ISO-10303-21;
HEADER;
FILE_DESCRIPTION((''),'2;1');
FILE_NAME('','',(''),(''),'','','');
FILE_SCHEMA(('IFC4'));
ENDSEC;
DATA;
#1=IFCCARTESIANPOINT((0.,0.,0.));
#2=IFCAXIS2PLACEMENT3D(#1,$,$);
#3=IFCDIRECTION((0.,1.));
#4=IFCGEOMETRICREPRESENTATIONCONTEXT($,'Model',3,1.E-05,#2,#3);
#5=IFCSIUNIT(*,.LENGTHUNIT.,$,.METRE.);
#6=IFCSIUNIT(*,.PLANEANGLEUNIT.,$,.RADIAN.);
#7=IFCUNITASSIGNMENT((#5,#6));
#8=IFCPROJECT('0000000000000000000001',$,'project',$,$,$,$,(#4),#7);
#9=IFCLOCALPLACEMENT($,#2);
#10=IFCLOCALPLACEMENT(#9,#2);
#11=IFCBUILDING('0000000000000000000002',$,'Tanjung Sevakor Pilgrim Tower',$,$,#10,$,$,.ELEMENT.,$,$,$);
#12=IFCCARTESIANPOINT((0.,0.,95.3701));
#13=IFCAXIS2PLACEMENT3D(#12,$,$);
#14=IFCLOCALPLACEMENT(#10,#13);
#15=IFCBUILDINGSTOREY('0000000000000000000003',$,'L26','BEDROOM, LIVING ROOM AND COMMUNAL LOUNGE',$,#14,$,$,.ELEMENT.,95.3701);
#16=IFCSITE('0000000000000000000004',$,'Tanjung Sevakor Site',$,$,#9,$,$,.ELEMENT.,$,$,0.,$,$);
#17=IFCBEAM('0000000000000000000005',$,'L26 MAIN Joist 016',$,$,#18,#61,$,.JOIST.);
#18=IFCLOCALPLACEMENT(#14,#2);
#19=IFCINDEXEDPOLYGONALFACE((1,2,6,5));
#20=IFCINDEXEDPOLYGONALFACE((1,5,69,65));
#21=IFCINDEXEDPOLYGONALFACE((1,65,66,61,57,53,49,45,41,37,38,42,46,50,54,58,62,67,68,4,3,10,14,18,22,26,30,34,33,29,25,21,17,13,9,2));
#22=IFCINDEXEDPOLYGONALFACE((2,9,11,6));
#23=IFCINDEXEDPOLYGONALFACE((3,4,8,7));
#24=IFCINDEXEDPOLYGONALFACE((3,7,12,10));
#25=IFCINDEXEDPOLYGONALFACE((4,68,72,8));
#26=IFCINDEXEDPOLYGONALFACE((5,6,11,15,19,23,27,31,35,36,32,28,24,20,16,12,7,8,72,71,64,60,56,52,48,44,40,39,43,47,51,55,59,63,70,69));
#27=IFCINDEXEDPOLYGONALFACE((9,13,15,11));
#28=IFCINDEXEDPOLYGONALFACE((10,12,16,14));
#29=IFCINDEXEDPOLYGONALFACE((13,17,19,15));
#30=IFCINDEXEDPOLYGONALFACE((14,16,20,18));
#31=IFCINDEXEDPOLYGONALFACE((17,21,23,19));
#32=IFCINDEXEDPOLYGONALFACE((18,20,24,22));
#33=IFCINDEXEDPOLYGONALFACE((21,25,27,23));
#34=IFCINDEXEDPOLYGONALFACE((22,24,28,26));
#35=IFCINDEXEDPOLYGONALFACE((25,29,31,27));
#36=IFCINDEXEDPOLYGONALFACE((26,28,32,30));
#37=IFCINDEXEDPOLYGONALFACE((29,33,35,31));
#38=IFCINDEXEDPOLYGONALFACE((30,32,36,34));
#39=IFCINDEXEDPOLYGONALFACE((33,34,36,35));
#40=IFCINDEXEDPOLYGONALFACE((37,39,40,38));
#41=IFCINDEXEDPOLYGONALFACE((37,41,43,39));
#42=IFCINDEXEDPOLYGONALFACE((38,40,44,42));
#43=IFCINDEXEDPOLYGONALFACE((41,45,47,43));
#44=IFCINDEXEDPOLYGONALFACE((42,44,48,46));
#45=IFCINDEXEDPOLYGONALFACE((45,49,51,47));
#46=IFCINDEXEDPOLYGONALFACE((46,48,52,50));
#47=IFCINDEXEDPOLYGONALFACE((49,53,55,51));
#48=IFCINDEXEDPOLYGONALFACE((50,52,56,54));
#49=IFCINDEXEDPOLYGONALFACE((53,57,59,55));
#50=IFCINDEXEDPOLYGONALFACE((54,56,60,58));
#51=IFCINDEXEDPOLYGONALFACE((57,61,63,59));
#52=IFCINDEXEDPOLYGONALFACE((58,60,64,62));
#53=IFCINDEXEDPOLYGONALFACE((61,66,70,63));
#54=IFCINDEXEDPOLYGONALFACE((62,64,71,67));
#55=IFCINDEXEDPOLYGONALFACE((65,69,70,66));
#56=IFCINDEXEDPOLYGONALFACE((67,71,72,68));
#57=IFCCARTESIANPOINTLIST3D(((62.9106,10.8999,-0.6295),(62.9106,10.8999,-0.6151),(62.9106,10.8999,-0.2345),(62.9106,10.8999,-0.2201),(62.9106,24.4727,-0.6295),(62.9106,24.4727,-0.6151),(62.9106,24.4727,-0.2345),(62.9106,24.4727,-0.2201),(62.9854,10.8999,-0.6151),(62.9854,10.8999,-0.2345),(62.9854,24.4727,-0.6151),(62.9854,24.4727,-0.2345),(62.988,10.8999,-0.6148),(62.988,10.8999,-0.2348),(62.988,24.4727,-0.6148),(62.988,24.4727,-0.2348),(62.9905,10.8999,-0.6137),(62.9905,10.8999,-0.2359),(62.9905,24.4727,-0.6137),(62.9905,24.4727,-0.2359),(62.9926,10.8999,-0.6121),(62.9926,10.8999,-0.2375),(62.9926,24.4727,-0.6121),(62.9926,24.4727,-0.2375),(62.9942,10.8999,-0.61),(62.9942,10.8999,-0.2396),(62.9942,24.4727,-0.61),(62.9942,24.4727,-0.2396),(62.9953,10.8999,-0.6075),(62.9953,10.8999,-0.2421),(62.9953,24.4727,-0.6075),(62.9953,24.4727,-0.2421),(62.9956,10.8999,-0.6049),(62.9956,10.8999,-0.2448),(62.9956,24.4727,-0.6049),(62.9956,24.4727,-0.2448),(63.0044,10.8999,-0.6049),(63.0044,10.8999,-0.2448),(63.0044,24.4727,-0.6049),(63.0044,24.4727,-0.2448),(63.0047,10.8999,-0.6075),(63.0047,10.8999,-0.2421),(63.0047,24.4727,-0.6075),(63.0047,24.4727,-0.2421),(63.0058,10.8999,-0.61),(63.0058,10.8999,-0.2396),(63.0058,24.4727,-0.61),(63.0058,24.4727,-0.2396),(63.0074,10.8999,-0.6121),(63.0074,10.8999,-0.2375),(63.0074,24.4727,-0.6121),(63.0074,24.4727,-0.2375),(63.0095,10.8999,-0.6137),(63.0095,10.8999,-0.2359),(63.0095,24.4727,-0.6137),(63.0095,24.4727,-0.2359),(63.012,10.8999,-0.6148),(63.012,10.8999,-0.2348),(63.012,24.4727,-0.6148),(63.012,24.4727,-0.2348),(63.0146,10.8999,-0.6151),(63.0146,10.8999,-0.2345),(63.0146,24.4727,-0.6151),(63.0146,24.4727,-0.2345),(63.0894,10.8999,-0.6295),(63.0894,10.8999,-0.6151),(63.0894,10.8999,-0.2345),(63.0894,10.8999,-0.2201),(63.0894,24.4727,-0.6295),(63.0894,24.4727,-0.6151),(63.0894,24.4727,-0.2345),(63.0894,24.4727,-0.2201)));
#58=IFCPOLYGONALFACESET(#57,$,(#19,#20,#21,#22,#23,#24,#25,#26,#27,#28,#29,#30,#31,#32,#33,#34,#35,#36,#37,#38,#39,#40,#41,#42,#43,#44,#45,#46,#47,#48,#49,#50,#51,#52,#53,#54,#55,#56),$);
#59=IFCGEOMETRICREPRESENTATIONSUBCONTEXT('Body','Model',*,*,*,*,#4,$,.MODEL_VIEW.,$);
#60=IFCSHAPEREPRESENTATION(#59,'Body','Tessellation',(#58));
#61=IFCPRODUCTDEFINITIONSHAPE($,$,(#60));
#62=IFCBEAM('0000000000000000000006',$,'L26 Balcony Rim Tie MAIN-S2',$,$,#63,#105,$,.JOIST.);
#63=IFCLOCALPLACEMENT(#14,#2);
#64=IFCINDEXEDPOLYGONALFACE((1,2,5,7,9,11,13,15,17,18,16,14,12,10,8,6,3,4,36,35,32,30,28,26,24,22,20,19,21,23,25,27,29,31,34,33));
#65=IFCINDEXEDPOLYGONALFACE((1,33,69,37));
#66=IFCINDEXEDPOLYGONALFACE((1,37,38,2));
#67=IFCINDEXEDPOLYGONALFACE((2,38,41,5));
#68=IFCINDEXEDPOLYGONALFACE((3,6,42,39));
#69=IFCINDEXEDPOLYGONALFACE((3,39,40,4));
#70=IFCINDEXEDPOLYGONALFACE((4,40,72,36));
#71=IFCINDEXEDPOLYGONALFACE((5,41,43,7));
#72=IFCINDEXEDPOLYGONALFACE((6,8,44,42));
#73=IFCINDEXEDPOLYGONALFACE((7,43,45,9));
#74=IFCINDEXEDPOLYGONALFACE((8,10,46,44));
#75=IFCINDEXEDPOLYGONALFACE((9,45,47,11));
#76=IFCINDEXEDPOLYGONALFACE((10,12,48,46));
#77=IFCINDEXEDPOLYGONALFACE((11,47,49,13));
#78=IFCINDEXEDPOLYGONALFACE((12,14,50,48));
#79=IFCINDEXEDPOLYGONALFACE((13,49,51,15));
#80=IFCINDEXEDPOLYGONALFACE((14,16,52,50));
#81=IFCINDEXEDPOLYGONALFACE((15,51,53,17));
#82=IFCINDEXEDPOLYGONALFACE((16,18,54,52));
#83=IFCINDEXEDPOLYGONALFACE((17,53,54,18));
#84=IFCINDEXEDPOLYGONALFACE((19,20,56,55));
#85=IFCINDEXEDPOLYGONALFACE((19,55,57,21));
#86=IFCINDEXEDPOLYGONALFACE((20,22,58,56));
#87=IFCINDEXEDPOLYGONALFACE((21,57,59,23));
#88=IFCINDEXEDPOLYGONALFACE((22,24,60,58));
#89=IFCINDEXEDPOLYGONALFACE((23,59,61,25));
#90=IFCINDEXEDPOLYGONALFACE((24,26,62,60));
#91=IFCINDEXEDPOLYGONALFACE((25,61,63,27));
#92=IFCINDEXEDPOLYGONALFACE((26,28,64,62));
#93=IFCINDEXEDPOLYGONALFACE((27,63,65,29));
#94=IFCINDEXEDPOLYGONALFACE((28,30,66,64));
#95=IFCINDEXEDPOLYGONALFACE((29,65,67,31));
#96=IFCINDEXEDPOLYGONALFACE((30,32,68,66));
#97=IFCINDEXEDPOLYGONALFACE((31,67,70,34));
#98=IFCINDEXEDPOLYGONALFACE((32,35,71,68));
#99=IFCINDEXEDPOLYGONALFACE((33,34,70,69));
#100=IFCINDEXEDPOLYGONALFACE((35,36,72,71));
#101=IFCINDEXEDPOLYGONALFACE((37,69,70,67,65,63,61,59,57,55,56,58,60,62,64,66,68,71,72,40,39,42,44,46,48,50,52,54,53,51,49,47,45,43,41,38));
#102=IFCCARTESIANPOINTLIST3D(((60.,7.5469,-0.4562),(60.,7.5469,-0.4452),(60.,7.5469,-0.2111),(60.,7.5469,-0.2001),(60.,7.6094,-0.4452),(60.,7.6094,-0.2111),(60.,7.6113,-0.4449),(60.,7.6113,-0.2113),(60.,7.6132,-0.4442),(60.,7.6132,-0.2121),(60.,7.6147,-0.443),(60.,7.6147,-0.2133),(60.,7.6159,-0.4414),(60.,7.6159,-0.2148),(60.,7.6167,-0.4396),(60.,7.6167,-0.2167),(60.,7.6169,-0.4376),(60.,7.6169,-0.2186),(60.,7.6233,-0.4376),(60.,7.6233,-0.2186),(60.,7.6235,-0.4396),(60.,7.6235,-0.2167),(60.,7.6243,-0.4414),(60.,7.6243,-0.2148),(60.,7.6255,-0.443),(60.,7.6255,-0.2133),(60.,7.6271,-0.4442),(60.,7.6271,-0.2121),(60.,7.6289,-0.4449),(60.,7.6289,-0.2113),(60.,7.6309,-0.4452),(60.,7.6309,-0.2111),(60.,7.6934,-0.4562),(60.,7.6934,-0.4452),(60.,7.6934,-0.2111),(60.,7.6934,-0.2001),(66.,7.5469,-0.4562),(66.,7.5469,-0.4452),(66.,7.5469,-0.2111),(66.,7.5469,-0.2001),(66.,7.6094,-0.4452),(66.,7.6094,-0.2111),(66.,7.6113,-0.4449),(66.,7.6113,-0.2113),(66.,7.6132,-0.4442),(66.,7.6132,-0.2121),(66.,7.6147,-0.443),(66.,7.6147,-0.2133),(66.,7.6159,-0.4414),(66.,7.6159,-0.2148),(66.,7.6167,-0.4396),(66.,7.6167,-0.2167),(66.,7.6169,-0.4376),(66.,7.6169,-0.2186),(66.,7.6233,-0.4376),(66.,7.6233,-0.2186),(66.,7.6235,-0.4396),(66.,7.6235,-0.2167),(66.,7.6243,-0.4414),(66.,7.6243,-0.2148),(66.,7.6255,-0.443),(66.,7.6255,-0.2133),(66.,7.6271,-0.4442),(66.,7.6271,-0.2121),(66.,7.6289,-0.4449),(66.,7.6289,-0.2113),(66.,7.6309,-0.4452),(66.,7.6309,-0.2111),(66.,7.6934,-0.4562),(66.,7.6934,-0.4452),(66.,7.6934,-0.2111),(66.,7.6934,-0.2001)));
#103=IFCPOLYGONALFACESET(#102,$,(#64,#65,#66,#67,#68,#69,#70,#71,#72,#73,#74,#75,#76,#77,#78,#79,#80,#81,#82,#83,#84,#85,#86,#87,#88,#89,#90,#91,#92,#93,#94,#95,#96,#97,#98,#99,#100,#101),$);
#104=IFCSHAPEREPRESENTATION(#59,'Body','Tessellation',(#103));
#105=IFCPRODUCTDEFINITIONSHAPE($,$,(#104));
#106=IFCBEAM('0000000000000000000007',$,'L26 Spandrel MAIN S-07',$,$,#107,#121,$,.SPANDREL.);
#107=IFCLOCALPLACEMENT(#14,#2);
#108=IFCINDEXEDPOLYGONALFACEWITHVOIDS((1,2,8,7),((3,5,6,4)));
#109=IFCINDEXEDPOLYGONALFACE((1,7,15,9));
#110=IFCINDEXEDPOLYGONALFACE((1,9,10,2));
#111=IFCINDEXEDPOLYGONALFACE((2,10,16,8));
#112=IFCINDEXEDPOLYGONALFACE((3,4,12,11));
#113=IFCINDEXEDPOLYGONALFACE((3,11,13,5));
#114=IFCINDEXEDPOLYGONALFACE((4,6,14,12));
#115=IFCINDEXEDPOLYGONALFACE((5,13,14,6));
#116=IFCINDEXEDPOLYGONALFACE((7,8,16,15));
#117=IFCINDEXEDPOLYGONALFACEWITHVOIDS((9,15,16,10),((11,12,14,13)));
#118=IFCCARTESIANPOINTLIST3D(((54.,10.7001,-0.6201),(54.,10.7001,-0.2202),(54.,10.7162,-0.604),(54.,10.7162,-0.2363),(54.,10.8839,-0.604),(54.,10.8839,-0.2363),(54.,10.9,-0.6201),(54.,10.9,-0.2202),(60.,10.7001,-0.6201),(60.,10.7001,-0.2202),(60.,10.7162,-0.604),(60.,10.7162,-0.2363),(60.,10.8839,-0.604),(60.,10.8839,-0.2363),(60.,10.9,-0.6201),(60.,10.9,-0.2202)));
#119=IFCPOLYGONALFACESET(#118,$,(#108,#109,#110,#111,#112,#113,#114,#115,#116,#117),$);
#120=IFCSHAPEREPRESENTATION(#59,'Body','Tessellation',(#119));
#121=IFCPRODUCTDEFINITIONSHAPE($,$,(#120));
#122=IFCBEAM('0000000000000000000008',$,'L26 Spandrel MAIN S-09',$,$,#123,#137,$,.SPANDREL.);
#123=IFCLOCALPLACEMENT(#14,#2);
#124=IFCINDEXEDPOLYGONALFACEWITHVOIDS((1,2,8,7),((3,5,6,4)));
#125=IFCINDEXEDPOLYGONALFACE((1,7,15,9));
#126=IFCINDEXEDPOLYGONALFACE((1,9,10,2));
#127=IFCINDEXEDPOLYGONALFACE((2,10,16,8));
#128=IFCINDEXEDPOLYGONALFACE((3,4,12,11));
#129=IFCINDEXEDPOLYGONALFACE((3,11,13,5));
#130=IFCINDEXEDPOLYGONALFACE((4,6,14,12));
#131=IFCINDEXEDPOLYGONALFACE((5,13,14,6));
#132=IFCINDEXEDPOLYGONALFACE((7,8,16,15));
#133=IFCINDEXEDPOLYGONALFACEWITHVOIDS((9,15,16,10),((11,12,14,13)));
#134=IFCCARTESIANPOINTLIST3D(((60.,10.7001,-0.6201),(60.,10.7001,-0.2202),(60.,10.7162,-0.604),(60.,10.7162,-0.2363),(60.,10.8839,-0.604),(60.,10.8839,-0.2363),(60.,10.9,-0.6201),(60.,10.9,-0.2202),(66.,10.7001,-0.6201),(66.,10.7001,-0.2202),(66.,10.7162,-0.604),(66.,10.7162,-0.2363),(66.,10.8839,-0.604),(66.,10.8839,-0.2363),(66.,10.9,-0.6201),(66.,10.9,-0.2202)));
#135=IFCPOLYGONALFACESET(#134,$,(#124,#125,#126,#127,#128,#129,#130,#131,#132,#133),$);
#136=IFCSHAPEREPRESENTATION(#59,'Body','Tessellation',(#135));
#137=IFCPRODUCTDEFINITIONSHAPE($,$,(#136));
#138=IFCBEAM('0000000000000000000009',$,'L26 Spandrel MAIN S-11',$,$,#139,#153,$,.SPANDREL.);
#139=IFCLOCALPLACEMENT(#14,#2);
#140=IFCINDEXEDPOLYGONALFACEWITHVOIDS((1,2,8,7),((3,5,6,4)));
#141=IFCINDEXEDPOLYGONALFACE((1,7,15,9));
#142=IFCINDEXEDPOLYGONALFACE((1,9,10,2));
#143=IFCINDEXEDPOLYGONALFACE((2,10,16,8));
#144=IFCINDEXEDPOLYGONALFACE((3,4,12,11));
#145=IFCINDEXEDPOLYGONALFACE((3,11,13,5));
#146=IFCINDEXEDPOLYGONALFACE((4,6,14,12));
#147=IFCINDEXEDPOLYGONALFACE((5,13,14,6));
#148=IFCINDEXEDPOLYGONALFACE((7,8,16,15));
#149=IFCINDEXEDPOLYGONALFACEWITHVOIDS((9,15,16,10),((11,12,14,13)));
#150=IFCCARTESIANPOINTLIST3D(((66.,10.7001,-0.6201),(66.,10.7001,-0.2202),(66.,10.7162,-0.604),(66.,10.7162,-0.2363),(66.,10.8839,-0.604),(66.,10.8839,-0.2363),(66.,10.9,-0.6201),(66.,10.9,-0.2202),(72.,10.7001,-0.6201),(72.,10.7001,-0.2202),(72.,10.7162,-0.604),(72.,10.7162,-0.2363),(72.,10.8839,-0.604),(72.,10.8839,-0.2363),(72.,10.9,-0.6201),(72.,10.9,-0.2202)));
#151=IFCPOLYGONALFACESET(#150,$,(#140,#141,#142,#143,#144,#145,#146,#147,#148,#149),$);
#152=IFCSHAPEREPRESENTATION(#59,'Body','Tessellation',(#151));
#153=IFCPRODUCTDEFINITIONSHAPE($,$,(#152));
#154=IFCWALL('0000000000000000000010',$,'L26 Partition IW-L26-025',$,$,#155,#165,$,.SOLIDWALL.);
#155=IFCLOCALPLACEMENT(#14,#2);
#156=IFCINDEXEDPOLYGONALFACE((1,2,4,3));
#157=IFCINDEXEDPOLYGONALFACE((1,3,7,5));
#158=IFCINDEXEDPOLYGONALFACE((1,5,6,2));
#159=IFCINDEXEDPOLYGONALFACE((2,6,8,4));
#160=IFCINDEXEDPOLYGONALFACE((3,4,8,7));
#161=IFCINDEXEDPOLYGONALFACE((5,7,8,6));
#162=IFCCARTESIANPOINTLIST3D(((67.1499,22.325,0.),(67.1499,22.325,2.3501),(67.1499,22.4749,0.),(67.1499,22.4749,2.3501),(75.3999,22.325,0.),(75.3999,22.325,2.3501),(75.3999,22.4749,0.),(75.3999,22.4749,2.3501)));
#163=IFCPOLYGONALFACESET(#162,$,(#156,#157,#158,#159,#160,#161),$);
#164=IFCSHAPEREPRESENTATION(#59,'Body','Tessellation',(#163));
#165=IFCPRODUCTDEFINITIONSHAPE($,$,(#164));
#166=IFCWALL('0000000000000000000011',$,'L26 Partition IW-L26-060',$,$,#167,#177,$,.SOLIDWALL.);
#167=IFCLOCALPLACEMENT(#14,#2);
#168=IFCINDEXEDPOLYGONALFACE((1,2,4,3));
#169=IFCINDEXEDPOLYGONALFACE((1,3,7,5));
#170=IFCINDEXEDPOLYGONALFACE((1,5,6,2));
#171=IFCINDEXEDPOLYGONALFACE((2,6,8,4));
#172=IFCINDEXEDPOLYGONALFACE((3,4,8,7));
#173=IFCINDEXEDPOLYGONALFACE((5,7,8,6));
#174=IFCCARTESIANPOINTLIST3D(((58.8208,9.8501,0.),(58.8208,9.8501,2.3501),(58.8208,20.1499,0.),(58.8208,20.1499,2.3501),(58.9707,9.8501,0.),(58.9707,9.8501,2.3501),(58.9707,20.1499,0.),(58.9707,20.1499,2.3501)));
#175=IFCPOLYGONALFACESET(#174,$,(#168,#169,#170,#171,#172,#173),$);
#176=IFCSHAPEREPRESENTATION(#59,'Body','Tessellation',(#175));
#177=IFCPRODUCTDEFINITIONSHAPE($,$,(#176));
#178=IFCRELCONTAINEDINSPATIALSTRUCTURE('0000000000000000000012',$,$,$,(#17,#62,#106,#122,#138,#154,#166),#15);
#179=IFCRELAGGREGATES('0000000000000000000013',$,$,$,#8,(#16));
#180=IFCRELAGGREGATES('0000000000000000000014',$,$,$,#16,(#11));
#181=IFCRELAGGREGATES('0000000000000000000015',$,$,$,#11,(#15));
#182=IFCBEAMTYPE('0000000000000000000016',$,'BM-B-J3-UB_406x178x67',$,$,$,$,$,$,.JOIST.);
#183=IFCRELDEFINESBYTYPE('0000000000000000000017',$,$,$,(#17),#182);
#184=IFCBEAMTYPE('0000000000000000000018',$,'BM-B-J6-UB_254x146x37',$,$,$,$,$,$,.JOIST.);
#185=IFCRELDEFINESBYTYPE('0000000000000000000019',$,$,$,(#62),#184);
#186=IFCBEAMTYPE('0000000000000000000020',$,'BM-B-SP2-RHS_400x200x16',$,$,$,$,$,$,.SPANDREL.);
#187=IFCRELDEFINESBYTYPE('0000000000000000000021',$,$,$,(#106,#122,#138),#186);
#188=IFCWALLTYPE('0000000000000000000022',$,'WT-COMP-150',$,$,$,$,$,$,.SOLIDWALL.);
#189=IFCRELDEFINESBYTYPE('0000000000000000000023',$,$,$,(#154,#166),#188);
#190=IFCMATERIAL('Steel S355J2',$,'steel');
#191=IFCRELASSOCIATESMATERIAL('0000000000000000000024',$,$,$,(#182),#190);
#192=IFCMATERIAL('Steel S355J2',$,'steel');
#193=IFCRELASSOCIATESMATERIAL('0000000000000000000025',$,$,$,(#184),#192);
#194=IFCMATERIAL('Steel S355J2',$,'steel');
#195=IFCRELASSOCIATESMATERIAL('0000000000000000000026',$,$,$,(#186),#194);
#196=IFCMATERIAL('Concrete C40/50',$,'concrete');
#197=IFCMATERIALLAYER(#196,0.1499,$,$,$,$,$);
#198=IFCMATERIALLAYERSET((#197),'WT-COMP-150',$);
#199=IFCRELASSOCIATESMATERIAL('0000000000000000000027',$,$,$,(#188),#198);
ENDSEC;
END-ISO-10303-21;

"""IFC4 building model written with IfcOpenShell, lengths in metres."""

from ifc_helpers import new_model, si_unit, direction, frame, frame_2d, origin, origin_2d, place, context, subcontext, project, spatial, rectangle, hollow_rectangle, i_section, extrude, material, layer, layer_set, material_profile, profile_set, type_object, element, save


model = new_model("IFC4")

# Units and contexts
model_context = context("Model", 3, precision=1e-05, world=origin(), true_north=direction((0.0, 1.0)))
body_context = subcontext(model_context, "Body", "Model", "MODEL_VIEW")
ifc_project = project(units=[si_unit("LENGTHUNIT", "METRE"), si_unit("PLANEANGLEUNIT", "RADIAN")], contexts=[model_context])

# Site, building, storey
site_placement = place(None, origin())
site = spatial("IfcSite", under=ifc_project, at=site_placement, Name="Tanjung Sevakor Site", CompositionType="ELEMENT", RefElevation=0.0)
building_placement = place(site_placement, origin())
building = spatial("IfcBuilding", under=site, at=building_placement, Name="Tanjung Sevakor Pilgrim Tower", CompositionType="ELEMENT")
storey_placement = place(building_placement, frame((0.0, 0.0, 95.3701)))
storey = spatial("IfcBuildingStorey", under=building, at=storey_placement, Name="L26", Description="BEDROOM, LIVING ROOM AND COMMUNAL LOUNGE", CompositionType="ELEMENT", Elevation=95.3701)

# Beams
ifc_material_1 = material(Name="Steel S355J2", Category="steel")
ifc_material_profile_1 = material_profile(ifc_material_1, i_section(OverallWidth=0.1787, OverallDepth=0.4094, WebThickness=0.0088, FlangeThickness=0.0144, FilletRadius=0.0103, at=origin_2d()))
ifc_profile_set_1 = profile_set([ifc_material_profile_1], Name="Steel S355J2")
beam_type_1 = type_object("IfcBeamType", Name="BM-B-J3-UB_406x178x67", PredefinedType="JOIST", material=ifc_profile_set_1)
for number, where, z_axis, x_axis, name in (
    (1, (63.0, 10.8999, -0.4248), (0.0, 1.0, 0.0), (-1.0, 0.0, 0.0), "L26 MAIN Joist 016"),
):
    element("IfcBeam", number, at=place(storey_placement, frame(where, z_axis=z_axis, x_axis=x_axis)), inside=storey, type_object=beam_type_1, Name=name, PredefinedType="JOIST", context=body_context, shape_type="SweptSolid", body=[
        extrude(i_section(OverallWidth=0.1787, OverallDepth=0.4094, WebThickness=0.0088, FlangeThickness=0.0144, FilletRadius=0.0103, at=origin_2d()), origin(), (0.0, 0.0, 1.0), 13.5728),
    ])
ifc_material_2 = material(Name="Steel S355J2", Category="steel")
ifc_material_profile_2 = material_profile(ifc_material_2, i_section(OverallWidth=0.1465, OverallDepth=0.2561, WebThickness=0.0063, FlangeThickness=0.011, FilletRadius=0.0076, at=origin_2d()))
ifc_profile_set_2 = profile_set([ifc_material_profile_2], Name="Steel S355J2")
beam_type_2 = type_object("IfcBeamType", Name="BM-B-J6-UB_254x146x37", PredefinedType="JOIST", material=ifc_profile_set_2)
beam_1_placement = place(storey_placement, frame((60.0, 7.6201, -0.3281), z_axis=(1.0, 0.0, 0.0), x_axis=(0.0, 1.0, 0.0)))
element("IfcBeam", 2, at=beam_1_placement, inside=storey, type_object=beam_type_2, Name="L26 Balcony Rim Tie MAIN-S2", PredefinedType="JOIST", context=body_context, shape_type="SweptSolid", body=[
    extrude(i_section(OverallWidth=0.1465, OverallDepth=0.2561, WebThickness=0.0063, FlangeThickness=0.011, FilletRadius=0.0076, at=origin_2d()), origin(), (0.0, 0.0, 1.0), 6.0),
])
ifc_material_3 = material(Name="Steel S355J2", Category="steel")
ifc_material_profile_3 = material_profile(ifc_material_3, hollow_rectangle(XDim=0.2, YDim=0.3999, WallThickness=0.0161, at=origin_2d()))
ifc_profile_set_3 = profile_set([ifc_material_profile_3], Name="Steel S355J2")
beam_type_3 = type_object("IfcBeamType", Name="BM-B-SP2-RHS_400x200x16", PredefinedType="SPANDREL", material=ifc_profile_set_3)
for number, where, z_axis, x_axis, name in (
    (3, (54.0, 10.8, -0.4202), (1.0, 0.0, 0.0), (0.0, 1.0, 0.0), "L26 Spandrel MAIN S-07"),
    (4, (60.0, 10.8, -0.4202), (1.0, 0.0, 0.0), (0.0, 1.0, 0.0), "L26 Spandrel MAIN S-09"),
    (5, (66.0, 10.8, -0.4202), (1.0, 0.0, 0.0), (0.0, 1.0, 0.0), "L26 Spandrel MAIN S-11"),
):
    element("IfcBeam", number, at=place(storey_placement, frame(where, z_axis=z_axis, x_axis=x_axis)), inside=storey, type_object=beam_type_3, Name=name, PredefinedType="SPANDREL", context=body_context, shape_type="SweptSolid", body=[
        extrude(hollow_rectangle(XDim=0.2, YDim=0.3999, WallThickness=0.0161, at=origin_2d()), origin(), (0.0, 0.0, 1.0), 6.0),
    ])

# Walls
ifc_material_4 = material(Name="Concrete C40/50", Category="concrete")
ifc_layer_1 = layer(ifc_material_4, 0.1499)
ifc_layer_set_1 = layer_set([ifc_layer_1], Name="WT-COMP-150")
wall_type_1 = type_object("IfcWallType", Name="WT-COMP-150", PredefinedType="SOLIDWALL", material=ifc_layer_set_1)
wall_1_placement = place(storey_placement, frame((67.1499, 22.3999, 0.0), z_axis=(0.0, 0.0, 1.0), x_axis=(1.0, 0.0, 0.0)))
element("IfcWall", 6, at=wall_1_placement, inside=storey, type_object=wall_type_1, Name="L26 Partition IW-L26-025", PredefinedType="SOLIDWALL", context=body_context, shape_type="SweptSolid", body=[
    extrude(rectangle(XDim=8.25, YDim=0.1499, at=frame_2d((4.125, 0.0))), origin(), (0.0, 0.0, 1.0), 2.3501),
])
wall_2_placement = place(storey_placement, frame((58.8958, 9.8501, 0.0), z_axis=(0.0, 0.0, 1.0), x_axis=(0.0, 1.0, 0.0)))
element("IfcWall", 7, at=wall_2_placement, inside=storey, type_object=wall_type_1, Name="L26 Partition IW-L26-060", PredefinedType="SOLIDWALL", context=body_context, shape_type="SweptSolid", body=[
    extrude(rectangle(XDim=10.2998, YDim=0.1499, at=frame_2d((5.1499, 0.0))), origin(), (0.0, 0.0, 1.0), 2.3501),
])

save(model, "model.ifc")
